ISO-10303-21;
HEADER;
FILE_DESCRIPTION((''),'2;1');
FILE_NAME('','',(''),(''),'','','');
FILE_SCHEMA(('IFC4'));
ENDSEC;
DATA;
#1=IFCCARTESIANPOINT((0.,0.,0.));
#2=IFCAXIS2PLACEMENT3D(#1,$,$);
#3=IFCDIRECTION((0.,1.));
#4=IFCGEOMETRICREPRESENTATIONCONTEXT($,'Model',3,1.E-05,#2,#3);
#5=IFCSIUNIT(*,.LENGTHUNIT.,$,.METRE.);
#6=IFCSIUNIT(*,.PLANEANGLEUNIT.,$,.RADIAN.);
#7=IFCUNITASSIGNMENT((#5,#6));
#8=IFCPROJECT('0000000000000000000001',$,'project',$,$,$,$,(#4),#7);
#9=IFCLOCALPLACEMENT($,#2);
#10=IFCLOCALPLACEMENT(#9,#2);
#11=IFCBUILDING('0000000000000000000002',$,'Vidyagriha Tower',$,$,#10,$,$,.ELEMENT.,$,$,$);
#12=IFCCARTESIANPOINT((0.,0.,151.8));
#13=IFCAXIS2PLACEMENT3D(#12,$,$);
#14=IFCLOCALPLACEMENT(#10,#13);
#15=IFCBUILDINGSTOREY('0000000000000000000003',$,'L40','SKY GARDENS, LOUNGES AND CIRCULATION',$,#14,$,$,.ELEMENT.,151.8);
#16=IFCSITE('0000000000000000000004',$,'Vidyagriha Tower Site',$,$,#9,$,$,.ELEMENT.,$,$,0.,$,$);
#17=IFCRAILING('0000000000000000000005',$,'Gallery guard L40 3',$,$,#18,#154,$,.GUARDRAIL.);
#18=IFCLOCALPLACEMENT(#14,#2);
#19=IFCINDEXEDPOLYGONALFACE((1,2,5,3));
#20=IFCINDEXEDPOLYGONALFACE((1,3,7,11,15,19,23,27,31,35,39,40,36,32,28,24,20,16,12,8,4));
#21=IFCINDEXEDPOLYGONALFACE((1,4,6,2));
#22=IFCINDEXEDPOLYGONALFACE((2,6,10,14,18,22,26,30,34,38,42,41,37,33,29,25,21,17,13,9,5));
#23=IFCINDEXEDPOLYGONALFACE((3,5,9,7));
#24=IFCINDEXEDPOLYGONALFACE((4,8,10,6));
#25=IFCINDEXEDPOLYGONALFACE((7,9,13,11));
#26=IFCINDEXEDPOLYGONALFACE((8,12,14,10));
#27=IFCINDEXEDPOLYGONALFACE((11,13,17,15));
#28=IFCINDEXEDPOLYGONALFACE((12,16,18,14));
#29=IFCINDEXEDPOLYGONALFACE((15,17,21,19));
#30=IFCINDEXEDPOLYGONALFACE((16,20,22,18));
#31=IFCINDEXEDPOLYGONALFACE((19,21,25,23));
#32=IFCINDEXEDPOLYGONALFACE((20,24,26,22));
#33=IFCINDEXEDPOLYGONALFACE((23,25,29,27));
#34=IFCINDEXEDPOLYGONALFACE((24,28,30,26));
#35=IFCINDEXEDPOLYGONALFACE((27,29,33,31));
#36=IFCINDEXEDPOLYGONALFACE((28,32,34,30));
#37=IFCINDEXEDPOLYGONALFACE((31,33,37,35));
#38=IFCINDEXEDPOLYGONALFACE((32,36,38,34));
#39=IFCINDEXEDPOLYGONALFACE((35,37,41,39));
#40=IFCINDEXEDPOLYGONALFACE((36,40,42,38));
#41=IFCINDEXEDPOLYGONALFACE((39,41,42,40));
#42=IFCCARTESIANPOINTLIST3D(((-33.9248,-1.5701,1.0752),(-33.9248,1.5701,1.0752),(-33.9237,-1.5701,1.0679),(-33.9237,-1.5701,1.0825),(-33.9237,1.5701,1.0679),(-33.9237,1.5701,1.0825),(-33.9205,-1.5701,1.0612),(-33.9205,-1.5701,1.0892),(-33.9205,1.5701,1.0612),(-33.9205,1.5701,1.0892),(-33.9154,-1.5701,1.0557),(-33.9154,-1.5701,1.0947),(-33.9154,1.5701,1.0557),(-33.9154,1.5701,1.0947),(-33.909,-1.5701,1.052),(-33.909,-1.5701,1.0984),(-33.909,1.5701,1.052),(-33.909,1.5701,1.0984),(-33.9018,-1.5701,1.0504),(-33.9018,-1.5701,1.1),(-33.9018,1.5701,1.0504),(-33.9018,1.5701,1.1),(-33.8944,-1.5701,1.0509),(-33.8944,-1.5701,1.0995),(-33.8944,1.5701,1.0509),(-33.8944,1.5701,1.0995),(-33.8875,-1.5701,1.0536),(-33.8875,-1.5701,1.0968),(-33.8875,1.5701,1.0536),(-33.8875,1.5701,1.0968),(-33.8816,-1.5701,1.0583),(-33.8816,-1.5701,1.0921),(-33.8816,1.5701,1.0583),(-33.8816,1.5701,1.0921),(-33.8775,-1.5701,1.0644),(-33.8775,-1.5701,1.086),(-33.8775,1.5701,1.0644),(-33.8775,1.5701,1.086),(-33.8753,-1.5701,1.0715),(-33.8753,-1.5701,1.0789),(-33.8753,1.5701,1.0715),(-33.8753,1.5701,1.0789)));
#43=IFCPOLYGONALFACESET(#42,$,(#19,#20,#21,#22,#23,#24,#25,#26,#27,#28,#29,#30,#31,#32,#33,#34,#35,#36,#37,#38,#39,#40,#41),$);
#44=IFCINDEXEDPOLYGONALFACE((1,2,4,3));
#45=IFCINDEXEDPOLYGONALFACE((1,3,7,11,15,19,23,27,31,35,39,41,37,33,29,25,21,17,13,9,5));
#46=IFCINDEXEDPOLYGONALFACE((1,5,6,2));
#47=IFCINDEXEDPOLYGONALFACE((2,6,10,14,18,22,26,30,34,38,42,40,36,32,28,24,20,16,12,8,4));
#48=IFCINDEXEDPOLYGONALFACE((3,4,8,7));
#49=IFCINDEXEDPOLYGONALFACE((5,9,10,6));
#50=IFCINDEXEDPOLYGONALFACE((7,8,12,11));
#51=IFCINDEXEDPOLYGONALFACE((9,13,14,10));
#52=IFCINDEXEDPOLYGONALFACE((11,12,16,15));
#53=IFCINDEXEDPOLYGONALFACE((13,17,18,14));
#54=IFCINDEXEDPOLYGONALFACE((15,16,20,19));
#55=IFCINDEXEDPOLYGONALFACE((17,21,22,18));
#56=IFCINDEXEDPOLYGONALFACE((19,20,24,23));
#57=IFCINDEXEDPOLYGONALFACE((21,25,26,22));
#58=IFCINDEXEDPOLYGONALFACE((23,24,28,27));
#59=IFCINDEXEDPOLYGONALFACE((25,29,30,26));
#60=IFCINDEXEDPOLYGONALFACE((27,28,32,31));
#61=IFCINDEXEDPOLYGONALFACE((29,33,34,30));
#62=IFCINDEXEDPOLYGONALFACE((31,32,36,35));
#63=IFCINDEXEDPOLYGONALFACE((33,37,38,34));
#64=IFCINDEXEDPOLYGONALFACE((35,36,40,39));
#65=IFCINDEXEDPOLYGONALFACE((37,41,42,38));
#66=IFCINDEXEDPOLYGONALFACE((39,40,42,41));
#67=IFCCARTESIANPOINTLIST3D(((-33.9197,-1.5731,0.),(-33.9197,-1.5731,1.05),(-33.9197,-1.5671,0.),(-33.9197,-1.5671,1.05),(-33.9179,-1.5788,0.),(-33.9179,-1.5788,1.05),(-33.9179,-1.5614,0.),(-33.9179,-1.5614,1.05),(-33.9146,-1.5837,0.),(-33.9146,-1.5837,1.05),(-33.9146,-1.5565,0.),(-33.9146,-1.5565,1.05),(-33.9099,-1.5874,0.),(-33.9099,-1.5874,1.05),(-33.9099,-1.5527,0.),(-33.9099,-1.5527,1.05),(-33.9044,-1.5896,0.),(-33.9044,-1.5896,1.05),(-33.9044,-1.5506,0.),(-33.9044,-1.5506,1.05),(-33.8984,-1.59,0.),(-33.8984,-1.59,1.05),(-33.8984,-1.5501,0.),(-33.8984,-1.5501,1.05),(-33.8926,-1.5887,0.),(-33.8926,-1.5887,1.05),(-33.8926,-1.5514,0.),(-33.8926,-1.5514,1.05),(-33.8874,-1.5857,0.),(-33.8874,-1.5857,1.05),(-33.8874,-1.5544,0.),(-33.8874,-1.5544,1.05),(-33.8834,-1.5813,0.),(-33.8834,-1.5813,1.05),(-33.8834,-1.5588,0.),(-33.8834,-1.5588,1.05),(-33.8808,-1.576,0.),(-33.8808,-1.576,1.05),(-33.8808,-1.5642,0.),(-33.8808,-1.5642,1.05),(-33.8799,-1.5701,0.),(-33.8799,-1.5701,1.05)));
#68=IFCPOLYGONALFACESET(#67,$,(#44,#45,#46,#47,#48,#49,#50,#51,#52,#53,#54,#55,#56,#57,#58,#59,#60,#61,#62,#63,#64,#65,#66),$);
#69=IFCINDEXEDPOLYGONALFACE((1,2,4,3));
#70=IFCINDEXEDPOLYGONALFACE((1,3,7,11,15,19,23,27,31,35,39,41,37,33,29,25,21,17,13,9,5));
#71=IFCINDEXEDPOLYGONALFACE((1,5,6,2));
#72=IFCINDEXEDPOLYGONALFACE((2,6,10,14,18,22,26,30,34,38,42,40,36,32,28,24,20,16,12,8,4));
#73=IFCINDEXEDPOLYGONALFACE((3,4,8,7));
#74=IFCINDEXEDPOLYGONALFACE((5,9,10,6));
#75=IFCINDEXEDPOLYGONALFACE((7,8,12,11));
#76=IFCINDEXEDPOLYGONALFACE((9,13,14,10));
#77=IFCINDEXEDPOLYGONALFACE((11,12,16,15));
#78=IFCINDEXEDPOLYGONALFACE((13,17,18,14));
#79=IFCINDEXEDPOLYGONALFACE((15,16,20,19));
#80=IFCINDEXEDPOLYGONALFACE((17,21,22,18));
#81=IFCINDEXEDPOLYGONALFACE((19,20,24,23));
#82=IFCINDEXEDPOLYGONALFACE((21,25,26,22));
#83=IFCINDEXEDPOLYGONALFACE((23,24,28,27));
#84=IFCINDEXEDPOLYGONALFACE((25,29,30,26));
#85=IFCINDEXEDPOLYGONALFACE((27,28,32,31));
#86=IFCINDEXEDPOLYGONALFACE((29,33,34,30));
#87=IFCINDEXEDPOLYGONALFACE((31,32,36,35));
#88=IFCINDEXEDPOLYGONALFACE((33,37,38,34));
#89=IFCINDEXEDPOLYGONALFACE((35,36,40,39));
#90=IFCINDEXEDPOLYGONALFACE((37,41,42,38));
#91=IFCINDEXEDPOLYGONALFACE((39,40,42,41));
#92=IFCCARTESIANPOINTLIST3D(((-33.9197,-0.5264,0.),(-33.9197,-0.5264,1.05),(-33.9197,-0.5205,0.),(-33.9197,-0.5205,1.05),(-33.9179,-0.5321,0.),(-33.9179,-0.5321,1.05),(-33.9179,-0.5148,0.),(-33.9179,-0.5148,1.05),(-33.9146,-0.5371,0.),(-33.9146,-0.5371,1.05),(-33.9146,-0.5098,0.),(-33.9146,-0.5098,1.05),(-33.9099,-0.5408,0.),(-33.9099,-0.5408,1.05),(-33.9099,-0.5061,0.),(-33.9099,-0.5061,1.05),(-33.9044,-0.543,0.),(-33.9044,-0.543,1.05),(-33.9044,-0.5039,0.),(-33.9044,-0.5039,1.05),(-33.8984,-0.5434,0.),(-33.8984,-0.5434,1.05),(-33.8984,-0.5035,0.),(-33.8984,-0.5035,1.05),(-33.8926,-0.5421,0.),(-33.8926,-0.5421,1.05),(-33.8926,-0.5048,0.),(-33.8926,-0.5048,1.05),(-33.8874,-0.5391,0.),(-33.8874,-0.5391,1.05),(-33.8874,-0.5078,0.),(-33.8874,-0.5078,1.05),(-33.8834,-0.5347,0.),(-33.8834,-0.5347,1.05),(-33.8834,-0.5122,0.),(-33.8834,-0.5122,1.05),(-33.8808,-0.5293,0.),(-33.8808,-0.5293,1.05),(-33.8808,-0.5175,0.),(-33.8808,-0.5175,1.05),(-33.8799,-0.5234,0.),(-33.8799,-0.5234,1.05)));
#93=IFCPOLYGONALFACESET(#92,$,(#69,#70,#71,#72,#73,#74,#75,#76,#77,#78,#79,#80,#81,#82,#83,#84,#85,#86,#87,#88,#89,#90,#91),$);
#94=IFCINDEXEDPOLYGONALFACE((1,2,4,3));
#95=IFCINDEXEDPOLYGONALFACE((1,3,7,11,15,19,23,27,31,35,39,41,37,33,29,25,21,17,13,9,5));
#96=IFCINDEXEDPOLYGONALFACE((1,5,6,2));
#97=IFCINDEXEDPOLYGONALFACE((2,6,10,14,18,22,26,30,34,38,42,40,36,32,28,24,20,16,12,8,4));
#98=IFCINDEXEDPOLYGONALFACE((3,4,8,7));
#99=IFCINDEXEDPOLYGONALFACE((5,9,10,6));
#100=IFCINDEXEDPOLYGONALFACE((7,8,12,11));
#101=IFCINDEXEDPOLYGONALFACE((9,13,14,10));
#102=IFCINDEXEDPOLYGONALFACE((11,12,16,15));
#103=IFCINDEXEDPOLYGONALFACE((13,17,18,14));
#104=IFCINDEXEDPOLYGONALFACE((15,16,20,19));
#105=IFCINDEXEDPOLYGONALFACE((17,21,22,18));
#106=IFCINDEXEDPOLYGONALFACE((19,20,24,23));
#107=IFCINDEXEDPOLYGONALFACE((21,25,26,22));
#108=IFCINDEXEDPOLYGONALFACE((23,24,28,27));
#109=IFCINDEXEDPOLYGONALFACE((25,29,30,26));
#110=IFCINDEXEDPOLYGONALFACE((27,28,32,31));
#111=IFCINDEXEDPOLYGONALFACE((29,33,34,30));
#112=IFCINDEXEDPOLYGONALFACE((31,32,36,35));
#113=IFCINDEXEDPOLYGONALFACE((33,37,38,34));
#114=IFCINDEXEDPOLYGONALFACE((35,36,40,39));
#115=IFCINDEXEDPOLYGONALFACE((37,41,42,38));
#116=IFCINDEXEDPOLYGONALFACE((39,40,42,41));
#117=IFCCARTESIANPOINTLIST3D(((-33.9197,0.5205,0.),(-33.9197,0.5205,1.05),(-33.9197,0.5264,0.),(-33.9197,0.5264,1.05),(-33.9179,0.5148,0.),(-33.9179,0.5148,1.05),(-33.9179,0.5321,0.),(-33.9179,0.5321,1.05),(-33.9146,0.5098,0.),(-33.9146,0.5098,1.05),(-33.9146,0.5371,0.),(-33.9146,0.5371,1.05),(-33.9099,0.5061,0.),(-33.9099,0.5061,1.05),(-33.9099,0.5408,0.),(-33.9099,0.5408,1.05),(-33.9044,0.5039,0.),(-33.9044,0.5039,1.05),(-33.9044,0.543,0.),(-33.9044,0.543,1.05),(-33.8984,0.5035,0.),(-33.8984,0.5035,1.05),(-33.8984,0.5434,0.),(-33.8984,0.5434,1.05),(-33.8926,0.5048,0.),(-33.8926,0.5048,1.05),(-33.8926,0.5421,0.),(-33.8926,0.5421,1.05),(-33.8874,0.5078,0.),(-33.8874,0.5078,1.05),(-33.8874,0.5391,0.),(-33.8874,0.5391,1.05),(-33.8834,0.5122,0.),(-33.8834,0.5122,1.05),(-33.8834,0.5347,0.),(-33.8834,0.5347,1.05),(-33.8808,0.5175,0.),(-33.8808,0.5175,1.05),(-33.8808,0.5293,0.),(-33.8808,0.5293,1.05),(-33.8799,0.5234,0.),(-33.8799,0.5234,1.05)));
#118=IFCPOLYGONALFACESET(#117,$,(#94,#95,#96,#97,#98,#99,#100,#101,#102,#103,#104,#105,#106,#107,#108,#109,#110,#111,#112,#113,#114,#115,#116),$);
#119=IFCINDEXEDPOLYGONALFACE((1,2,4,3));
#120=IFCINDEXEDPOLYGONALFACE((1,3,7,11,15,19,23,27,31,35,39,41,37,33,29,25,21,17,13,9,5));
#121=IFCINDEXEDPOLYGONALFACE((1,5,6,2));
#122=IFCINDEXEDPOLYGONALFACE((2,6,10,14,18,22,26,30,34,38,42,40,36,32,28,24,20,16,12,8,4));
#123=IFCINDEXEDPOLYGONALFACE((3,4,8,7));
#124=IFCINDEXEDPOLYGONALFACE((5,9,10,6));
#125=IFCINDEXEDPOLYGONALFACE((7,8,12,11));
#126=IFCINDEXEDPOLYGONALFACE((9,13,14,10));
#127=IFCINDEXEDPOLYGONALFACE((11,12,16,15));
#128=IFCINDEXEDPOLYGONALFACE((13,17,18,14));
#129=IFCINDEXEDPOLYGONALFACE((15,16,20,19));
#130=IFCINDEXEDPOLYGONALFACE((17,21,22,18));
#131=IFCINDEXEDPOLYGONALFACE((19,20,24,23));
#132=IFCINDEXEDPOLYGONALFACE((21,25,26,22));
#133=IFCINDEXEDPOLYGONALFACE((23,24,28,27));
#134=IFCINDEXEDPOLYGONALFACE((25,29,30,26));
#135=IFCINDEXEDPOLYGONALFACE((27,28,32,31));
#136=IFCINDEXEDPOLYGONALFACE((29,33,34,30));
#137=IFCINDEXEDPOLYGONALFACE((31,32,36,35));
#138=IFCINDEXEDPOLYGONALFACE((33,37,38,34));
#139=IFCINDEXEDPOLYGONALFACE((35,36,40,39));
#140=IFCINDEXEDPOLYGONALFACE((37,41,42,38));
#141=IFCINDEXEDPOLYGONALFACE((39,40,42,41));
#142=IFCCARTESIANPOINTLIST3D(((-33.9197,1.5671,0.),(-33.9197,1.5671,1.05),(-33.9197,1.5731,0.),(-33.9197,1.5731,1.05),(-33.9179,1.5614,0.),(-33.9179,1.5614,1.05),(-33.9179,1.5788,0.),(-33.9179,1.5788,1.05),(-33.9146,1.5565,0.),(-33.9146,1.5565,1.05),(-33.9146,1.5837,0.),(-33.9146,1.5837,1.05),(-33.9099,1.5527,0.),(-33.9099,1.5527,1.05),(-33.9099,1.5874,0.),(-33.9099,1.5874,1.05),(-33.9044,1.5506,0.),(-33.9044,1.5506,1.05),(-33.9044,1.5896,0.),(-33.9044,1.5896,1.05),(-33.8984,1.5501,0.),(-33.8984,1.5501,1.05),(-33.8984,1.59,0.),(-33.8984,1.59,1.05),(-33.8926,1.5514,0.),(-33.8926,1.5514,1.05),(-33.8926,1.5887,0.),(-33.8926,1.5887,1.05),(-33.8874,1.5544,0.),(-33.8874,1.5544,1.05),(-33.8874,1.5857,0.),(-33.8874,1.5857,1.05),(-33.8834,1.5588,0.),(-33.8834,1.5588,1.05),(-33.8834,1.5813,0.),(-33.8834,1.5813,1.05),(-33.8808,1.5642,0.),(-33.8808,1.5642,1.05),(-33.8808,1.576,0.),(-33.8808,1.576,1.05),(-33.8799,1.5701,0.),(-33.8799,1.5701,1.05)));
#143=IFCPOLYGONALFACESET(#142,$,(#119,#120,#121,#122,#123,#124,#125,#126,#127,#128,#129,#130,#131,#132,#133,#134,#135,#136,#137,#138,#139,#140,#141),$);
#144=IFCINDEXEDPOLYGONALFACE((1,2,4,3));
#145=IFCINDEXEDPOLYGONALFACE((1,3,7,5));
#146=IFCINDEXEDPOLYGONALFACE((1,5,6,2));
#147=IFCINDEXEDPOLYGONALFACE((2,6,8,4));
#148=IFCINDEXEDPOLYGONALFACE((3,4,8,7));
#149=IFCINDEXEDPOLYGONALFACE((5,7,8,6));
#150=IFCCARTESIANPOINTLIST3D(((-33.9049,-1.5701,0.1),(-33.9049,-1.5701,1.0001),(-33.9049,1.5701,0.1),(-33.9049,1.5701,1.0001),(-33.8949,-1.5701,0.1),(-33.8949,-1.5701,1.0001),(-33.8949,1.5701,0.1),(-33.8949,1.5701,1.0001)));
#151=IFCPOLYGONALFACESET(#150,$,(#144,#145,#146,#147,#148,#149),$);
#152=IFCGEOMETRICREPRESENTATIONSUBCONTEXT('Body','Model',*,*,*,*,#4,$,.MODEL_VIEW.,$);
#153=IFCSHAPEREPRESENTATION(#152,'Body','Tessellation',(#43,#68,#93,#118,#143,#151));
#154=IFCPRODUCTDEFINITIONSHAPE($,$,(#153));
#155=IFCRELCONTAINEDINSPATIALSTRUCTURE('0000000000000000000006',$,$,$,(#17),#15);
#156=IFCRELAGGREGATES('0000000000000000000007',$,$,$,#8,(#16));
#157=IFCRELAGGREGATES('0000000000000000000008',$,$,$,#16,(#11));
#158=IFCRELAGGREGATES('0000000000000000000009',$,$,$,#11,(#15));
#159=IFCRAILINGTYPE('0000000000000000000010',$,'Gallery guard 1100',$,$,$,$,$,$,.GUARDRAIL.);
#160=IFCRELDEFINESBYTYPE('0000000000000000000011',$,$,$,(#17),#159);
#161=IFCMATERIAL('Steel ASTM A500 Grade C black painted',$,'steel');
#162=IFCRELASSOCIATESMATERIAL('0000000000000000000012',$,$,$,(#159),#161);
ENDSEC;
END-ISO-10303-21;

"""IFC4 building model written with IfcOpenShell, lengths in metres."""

from ifc_helpers import new_model, si_unit, direction, frame, origin, origin_2d, place, context, subcontext, project, spatial, rectangle, circle, extrude, material, type_object, element, save


model = new_model("IFC4")

# Units and contexts
model_context = context("Model", 3, precision=1e-05, world=origin(), true_north=direction((0.0, 1.0)))
body_context = subcontext(model_context, "Body", "Model", "MODEL_VIEW")
ifc_project = project(units=[si_unit("LENGTHUNIT", "METRE"), si_unit("PLANEANGLEUNIT", "RADIAN")], contexts=[model_context])

# Site, building, storey
site_placement = place(None, origin())
site = spatial("IfcSite", under=ifc_project, at=site_placement, Name="Vidyagriha Tower Site", CompositionType="ELEMENT", RefElevation=0.0)
building_placement = place(site_placement, origin())
building = spatial("IfcBuilding", under=site, at=building_placement, Name="Vidyagriha Tower", CompositionType="ELEMENT")
storey_placement = place(building_placement, frame((0.0, 0.0, 151.8)))
storey = spatial("IfcBuildingStorey", under=building, at=storey_placement, Name="L40", Description="SKY GARDENS, LOUNGES AND CIRCULATION", CompositionType="ELEMENT", Elevation=151.8)

# Railing
ifc_material_1 = material(Name="Steel ASTM A500 Grade C black painted", Category="steel")
railing_type = type_object("IfcRailingType", Name="Gallery guard 1100", PredefinedType="GUARDRAIL", material=ifc_material_1)
railing_1_placement = place(storey_placement, frame((-33.8999, -1.5701, 0.0)))
element("IfcRailing", 1, at=railing_1_placement, inside=storey, type_object=railing_type, Name="Gallery guard L40 3", PredefinedType="GUARDRAIL", context=body_context, shape_type="SweptSolid", body=[
    extrude(circle(Radius=0.0249, at=origin_2d()), frame((0.0, 0.0, 1.0752), z_axis=(0.0, 1.0, 0.0), x_axis=(-1.0, 0.0, 0.0)), (0.0, 0.0, 1.0), 3.1401),
    extrude(circle(Radius=0.02, at=origin_2d()), origin(), (0.0, 0.0, 1.0), 1.05),
    extrude(circle(Radius=0.02, at=origin_2d()), frame((0.0, 1.0466, 0.0)), (0.0, 0.0, 1.0), 1.05),
    extrude(circle(Radius=0.02, at=origin_2d()), frame((0.0, 2.0935, 0.0)), (0.0, 0.0, 1.0), 1.05),
    extrude(circle(Radius=0.02, at=origin_2d()), frame((0.0, 3.1401, 0.0)), (0.0, 0.0, 1.0), 1.05),
    extrude(rectangle(XDim=0.01, YDim=0.9001, at=origin_2d()), frame((0.0, 0.0, 0.55), z_axis=(0.0, 1.0, 0.0), x_axis=(-1.0, 0.0, 0.0)), (0.0, 0.0, 1.0), 3.1401),
])

save(model, "model.ifc")
